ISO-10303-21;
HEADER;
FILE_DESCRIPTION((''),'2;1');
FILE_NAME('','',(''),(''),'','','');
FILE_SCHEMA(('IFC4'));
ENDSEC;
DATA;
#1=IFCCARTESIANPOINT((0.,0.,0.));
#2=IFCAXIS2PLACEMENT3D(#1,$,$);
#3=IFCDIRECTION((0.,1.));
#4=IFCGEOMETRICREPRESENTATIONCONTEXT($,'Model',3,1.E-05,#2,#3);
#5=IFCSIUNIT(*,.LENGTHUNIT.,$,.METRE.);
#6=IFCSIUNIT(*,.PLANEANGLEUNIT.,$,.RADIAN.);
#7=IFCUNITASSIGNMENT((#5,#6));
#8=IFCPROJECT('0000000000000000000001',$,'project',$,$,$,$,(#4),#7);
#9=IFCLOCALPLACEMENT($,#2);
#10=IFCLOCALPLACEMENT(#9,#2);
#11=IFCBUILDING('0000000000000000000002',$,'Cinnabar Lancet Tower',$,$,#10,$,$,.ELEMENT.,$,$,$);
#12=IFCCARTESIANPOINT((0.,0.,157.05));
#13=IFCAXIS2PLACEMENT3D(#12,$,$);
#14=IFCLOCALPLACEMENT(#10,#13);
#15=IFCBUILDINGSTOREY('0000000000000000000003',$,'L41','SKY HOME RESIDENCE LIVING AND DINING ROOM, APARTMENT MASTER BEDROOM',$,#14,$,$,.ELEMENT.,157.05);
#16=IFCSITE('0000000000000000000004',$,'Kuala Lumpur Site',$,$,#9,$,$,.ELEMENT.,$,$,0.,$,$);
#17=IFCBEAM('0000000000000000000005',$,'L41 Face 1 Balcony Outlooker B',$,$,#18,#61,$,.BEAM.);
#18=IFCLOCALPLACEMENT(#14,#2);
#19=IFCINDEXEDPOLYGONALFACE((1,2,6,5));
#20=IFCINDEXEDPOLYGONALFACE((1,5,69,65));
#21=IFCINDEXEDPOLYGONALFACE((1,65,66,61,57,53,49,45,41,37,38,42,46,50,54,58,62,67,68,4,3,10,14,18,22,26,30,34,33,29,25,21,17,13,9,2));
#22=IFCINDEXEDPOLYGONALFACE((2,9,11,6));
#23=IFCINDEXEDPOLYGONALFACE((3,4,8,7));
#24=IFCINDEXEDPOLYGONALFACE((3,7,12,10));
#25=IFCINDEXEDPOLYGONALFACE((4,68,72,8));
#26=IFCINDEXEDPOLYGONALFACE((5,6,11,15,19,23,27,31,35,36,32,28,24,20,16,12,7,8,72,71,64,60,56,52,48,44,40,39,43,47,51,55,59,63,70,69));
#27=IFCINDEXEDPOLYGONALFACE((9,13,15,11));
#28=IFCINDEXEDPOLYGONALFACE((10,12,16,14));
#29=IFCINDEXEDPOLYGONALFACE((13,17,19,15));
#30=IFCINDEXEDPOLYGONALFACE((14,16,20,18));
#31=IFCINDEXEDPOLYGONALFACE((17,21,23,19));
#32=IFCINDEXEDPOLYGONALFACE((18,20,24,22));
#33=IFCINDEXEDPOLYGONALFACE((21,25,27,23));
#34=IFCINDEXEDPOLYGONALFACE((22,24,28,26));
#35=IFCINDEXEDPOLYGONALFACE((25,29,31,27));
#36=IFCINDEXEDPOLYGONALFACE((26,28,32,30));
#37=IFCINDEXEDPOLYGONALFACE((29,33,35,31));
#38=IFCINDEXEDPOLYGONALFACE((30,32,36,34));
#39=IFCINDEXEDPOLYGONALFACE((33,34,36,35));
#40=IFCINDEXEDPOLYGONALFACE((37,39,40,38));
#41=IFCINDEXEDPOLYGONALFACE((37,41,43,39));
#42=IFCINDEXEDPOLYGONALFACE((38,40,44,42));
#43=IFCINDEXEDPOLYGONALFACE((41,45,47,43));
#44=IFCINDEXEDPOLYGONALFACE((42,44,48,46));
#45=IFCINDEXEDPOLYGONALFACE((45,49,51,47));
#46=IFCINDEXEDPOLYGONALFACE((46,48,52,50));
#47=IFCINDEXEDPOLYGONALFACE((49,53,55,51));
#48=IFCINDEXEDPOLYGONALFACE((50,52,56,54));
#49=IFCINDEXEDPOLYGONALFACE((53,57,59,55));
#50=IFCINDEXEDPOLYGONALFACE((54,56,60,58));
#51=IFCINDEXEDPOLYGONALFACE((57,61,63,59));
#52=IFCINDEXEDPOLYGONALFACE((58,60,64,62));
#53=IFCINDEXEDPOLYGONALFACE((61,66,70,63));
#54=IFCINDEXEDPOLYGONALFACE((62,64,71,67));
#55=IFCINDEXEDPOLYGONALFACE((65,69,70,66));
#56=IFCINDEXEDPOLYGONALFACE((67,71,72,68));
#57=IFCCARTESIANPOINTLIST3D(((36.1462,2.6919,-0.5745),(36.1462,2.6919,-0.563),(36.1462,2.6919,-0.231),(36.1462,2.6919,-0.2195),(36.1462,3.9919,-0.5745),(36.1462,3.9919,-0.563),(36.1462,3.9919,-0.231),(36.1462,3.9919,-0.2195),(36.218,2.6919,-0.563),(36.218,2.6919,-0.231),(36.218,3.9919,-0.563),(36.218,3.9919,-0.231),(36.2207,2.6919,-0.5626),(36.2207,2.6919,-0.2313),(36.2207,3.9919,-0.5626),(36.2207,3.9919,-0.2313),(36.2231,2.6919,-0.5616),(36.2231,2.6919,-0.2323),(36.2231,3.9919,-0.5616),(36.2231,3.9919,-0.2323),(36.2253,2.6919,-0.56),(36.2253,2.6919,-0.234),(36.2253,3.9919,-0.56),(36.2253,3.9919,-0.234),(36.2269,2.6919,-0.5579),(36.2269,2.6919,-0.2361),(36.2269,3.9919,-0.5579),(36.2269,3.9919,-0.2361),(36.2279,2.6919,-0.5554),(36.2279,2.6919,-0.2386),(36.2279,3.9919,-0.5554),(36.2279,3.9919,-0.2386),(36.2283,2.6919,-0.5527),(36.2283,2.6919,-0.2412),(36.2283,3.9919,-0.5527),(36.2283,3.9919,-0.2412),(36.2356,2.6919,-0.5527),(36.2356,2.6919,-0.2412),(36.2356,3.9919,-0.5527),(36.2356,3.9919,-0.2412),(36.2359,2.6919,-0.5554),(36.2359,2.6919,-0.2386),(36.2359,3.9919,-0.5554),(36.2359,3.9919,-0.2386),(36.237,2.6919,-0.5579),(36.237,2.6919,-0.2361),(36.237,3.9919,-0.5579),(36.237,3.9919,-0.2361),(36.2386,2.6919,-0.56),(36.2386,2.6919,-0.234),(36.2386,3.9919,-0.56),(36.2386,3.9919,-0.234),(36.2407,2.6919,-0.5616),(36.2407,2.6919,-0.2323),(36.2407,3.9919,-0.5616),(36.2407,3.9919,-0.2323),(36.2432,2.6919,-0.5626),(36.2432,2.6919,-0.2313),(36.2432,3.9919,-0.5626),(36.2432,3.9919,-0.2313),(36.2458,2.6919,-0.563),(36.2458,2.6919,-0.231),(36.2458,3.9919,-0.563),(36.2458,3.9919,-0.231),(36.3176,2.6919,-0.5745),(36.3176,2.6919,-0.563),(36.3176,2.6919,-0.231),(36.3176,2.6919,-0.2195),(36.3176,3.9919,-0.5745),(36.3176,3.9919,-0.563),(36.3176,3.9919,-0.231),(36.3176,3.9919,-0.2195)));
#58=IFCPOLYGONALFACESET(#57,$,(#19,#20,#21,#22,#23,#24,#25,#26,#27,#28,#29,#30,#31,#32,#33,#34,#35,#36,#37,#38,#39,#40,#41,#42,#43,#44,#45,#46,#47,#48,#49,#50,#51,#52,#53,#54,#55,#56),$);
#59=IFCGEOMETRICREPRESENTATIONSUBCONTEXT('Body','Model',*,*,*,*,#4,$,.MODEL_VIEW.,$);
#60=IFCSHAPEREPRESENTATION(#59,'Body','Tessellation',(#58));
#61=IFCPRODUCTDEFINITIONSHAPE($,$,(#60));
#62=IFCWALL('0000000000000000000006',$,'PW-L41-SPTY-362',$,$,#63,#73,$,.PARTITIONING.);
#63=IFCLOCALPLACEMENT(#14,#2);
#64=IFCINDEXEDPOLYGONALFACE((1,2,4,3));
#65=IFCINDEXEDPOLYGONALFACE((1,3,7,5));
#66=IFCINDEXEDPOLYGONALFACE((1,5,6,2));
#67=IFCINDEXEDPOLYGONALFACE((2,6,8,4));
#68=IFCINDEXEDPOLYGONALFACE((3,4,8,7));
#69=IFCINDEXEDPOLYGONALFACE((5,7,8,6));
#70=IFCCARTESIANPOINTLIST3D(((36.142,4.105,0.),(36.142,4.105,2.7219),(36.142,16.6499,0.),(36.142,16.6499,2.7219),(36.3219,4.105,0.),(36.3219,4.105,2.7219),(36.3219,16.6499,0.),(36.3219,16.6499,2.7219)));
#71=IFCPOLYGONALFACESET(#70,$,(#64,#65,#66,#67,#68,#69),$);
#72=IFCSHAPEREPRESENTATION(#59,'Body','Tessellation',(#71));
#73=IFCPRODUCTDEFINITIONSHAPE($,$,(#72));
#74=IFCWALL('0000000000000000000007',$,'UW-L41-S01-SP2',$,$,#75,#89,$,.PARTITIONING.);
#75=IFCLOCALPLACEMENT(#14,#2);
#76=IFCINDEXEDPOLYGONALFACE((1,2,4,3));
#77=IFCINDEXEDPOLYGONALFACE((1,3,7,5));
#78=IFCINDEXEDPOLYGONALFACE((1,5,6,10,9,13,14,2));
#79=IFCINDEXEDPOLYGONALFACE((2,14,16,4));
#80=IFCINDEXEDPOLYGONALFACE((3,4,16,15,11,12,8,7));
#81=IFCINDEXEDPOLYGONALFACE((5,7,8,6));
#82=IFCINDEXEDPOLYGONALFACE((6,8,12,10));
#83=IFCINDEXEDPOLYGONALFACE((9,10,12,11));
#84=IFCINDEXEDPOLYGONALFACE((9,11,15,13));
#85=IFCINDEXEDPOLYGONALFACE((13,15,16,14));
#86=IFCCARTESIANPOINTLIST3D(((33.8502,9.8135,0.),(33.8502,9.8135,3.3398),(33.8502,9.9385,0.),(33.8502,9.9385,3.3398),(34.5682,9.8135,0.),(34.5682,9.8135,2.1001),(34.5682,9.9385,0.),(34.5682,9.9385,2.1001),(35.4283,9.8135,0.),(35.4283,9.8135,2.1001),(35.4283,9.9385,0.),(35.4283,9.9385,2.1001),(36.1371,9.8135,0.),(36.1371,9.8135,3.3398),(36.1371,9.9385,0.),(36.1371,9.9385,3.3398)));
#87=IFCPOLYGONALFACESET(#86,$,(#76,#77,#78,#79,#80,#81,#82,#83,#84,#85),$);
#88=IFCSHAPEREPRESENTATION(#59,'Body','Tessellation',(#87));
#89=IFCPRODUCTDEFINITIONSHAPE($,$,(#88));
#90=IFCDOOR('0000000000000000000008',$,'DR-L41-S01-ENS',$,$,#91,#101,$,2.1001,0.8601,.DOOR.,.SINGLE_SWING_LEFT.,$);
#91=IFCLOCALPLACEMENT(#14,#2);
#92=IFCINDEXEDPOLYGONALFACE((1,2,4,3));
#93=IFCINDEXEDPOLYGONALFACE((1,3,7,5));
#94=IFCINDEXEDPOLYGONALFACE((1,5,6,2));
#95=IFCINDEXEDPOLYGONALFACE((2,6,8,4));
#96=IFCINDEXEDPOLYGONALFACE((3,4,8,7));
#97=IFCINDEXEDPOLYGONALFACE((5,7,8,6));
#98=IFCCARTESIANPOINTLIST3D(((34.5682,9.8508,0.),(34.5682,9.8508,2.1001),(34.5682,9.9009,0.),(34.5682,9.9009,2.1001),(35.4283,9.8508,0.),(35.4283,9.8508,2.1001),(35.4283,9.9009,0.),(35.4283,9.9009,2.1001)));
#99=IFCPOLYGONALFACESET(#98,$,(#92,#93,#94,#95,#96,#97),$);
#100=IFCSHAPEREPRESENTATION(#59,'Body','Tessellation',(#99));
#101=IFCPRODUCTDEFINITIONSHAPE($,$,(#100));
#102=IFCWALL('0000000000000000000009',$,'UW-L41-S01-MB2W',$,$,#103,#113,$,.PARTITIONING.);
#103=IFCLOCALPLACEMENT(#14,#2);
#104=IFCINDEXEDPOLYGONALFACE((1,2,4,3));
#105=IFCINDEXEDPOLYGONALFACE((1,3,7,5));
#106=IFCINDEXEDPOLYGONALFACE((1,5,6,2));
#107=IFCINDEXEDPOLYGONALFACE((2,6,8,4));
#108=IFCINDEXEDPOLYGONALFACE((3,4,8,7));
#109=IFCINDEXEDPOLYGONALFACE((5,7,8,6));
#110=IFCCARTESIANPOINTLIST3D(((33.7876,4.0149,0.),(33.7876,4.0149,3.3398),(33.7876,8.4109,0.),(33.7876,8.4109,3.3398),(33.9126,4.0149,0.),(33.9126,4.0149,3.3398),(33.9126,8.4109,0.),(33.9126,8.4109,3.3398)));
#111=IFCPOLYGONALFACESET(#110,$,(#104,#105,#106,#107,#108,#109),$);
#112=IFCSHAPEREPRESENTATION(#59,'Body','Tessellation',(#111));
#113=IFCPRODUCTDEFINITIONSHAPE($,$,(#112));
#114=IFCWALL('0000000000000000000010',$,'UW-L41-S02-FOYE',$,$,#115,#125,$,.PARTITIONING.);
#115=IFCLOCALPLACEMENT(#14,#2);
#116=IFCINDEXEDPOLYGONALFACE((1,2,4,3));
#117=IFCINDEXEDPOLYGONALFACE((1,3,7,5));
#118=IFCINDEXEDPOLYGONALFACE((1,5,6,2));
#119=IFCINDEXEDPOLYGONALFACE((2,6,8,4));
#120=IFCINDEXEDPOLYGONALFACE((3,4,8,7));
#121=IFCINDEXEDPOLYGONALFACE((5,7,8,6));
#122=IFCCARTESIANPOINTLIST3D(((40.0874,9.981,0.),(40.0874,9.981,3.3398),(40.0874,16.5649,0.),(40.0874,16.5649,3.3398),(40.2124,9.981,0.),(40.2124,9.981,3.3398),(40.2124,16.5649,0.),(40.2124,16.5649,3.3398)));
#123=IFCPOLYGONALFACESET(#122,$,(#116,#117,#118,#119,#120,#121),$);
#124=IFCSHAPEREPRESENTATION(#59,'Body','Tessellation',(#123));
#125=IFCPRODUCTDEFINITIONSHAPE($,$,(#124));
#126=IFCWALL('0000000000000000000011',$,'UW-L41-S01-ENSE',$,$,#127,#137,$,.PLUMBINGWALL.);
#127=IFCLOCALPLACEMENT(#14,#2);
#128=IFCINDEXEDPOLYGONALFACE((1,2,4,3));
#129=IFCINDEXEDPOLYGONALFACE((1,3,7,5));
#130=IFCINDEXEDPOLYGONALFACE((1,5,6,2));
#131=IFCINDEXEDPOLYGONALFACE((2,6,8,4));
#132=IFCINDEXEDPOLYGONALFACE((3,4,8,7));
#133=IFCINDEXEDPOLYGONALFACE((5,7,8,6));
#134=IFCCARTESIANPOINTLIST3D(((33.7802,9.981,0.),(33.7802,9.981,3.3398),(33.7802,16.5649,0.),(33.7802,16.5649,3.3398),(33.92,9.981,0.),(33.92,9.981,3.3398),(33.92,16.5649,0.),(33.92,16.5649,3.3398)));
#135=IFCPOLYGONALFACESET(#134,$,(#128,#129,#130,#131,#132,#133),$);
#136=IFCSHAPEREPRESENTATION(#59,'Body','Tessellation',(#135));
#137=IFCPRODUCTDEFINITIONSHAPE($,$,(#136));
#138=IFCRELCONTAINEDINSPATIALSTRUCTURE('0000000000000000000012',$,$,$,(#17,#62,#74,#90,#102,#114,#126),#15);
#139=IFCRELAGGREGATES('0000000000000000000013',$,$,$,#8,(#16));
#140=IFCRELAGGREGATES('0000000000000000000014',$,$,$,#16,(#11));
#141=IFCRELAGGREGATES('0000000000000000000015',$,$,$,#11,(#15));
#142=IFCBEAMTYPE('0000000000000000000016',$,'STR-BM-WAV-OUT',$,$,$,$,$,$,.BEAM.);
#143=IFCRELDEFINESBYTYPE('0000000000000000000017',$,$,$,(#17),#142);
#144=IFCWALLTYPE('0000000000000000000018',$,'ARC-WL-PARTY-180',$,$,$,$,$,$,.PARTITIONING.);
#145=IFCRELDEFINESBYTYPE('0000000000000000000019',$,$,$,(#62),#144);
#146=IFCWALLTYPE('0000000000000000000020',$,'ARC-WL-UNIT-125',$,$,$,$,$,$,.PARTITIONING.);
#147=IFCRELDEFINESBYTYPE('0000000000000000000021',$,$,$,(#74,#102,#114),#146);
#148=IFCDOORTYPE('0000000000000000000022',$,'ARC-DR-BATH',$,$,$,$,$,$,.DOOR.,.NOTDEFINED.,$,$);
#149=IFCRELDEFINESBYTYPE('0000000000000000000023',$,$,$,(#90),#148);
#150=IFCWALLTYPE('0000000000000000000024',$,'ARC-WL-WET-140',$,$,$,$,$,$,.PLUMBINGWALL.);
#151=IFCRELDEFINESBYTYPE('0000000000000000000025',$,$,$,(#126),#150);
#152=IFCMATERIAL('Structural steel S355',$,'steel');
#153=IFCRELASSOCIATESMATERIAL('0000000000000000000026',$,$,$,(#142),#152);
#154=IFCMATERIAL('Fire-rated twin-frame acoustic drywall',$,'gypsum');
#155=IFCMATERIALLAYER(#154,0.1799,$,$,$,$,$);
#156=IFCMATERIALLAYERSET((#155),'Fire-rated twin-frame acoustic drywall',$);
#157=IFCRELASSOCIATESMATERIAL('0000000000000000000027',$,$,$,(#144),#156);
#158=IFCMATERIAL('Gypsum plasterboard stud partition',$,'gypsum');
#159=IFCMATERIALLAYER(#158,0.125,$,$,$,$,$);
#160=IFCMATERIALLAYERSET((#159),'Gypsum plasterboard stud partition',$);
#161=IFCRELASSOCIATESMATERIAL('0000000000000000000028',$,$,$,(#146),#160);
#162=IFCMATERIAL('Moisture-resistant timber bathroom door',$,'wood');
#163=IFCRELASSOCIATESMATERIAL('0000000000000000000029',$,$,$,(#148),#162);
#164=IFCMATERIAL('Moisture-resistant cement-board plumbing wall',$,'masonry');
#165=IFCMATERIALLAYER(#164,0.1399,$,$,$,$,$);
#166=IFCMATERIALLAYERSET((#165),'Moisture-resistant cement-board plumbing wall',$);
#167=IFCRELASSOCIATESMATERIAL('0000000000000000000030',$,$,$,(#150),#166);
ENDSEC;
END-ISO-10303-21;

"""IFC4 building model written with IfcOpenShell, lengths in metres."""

from ifc_helpers import new_model, si_unit, direction, frame, frame_2d, origin, origin_2d, place, context, subcontext, project, spatial, rectangle, i_section, extrude, material, layer, layer_set, material_profile, profile_set, type_object, element, fill, save


model = new_model("IFC4")

# Units and contexts
model_context = context("Model", 3, precision=1e-05, world=origin(), true_north=direction((0.0, 1.0)))
body_context = subcontext(model_context, "Body", "Model", "MODEL_VIEW")
ifc_project = project(units=[si_unit("LENGTHUNIT", "METRE"), si_unit("PLANEANGLEUNIT", "RADIAN")], contexts=[model_context])

# Site, building, storey
site_placement = place(None, origin())
site = spatial("IfcSite", under=ifc_project, at=site_placement, Name="Kuala Lumpur Site", CompositionType="ELEMENT", RefElevation=0.0)
building_placement = place(site_placement, origin())
building = spatial("IfcBuilding", under=site, at=building_placement, Name="Cinnabar Lancet Tower", CompositionType="ELEMENT")
storey_placement = place(building_placement, frame((0.0, 0.0, 157.05)))
storey = spatial("IfcBuildingStorey", under=building, at=storey_placement, Name="L41", Description="SKY HOME RESIDENCE LIVING AND DINING ROOM, APARTMENT MASTER BEDROOM", CompositionType="ELEMENT", Elevation=157.05)

# Beam
ifc_material_1 = material(Name="Structural steel S355", Category="steel")
ifc_material_profile_1 = material_profile(ifc_material_1, i_section(OverallWidth=0.1714, OverallDepth=0.355, WebThickness=0.0073, FlangeThickness=0.0115, FilletRadius=0.0103, at=origin_2d()), Name="UKB 356x171x51")
ifc_profile_set_1 = profile_set([ifc_material_profile_1], Name="Structural steel S355")
beam_type_1 = type_object("IfcBeamType", Name="STR-BM-WAV-OUT", PredefinedType="BEAM", material=ifc_profile_set_1)
beam_1_placement = place(storey_placement, frame((36.2319, 3.9919, -0.397), z_axis=(0.0, -1.0, 0.0), x_axis=(1.0, 0.0, 0.0)))
element("IfcBeam", 1, at=beam_1_placement, inside=storey, type_object=beam_type_1, Name="L41 Face 1 Balcony Outlooker B", PredefinedType="BEAM", context=body_context, shape_type="SweptSolid", body=[
    extrude(i_section(OverallWidth=0.1714, OverallDepth=0.355, WebThickness=0.0073, FlangeThickness=0.0115, FilletRadius=0.0103, at=origin_2d()), origin(), (0.0, 0.0, 1.0), 1.3),
])

# Wall
ifc_material_2 = material(Name="Fire-rated twin-frame acoustic drywall", Category="gypsum")
ifc_layer_1 = layer(ifc_material_2, 0.1799)
ifc_layer_set_1 = layer_set([ifc_layer_1], Name="Fire-rated twin-frame acoustic drywall")
wall_type_1 = type_object("IfcWallType", Name="ARC-WL-PARTY-180", PredefinedType="PARTITIONING", material=ifc_layer_set_1)
wall_1_placement = place(storey_placement, frame((36.2319, 4.105, 0.0), z_axis=(0.0, 0.0, 1.0), x_axis=(0.0, 1.0, 0.0)))
element("IfcWall", 2, at=wall_1_placement, inside=storey, type_object=wall_type_1, Name="PW-L41-SPTY-362", PredefinedType="PARTITIONING", context=body_context, shape_type="SweptSolid", body=[
    extrude(rectangle(XDim=12.5449, YDim=0.1799, at=frame_2d((6.2725, 0.0))), origin(), (0.0, 0.0, 1.0), 2.7219),
])

# Wall, opening, door
ifc_material_3 = material(Name="Gypsum plasterboard stud partition", Category="gypsum")
ifc_layer_2 = layer(ifc_material_3, 0.125)
ifc_layer_set_2 = layer_set([ifc_layer_2], Name="Gypsum plasterboard stud partition")
wall_type_2 = type_object("IfcWallType", Name="ARC-WL-UNIT-125", PredefinedType="PARTITIONING", material=ifc_layer_set_2)
wall_2_placement = place(storey_placement, frame((33.8501, 9.876, 0.0), z_axis=(0.0, 0.0, 1.0), x_axis=(1.0, 0.0, 0.0)))
wall_2 = element("IfcWall", 3, at=wall_2_placement, inside=storey, type_object=wall_type_2, Name="UW-L41-S01-SP2", PredefinedType="PARTITIONING", context=body_context, shape_type="SweptSolid", body=[
    extrude(rectangle(XDim=2.2869, YDim=0.125, at=frame_2d((1.1436, 0.0))), origin(), (0.0, 0.0, 1.0), 3.3398),
])
opening_1_placement = place(wall_2_placement, frame((0.718, 0.0, 0.0)))
opening_1 = element("IfcOpeningElement", 4, at=opening_1_placement, cuts=wall_2, PredefinedType="OPENING", context=body_context, shape_type="SweptSolid", body=[
    extrude(rectangle(XDim=0.8601, YDim=2.1001, at=frame_2d((0.4302, 1.05))), frame((0.0, 0.0725, 0.0), z_axis=(0.0, -1.0, 0.0), x_axis=(1.0, 0.0, 0.0)), (0.0, 0.0, 1.0), 0.145),
])
ifc_material_4 = material(Name="Moisture-resistant timber bathroom door", Category="wood")
door_type_1 = type_object("IfcDoorType", Name="ARC-DR-BATH", OperationType="NOTDEFINED", PredefinedType="DOOR", material=ifc_material_4)
door_1_placement = place(opening_1_placement, origin())
door_1 = element("IfcDoor", 5, at=door_1_placement, inside=storey, type_object=door_type_1, Name="DR-L41-S01-ENS", OperationType="SINGLE_SWING_LEFT", OverallHeight=2.1001, OverallWidth=0.8601, PredefinedType="DOOR", context=body_context, shape_type="SweptSolid", body=[
    extrude(rectangle(XDim=0.8601, YDim=2.1001, at=frame_2d((0.4302, 1.05))), frame((0.0, 0.0249, 0.0), z_axis=(0.0, -1.0, 0.0), x_axis=(1.0, 0.0, 0.0)), (0.0, 0.0, 1.0), 0.05),
])
fill(opening_1, door_1)

# Walls
wall_3_placement = place(storey_placement, frame((33.8501, 4.0149, 0.0), z_axis=(0.0, 0.0, 1.0), x_axis=(0.0, 1.0, 0.0)))
element("IfcWall", 6, at=wall_3_placement, inside=storey, type_object=wall_type_2, Name="UW-L41-S01-MB2W", PredefinedType="PARTITIONING", context=body_context, shape_type="SweptSolid", body=[
    extrude(rectangle(XDim=4.396, YDim=0.125, at=frame_2d((2.198, 0.0))), origin(), (0.0, 0.0, 1.0), 3.3398),
])
wall_4_placement = place(storey_placement, frame((40.1499, 9.981, 0.0), z_axis=(0.0, 0.0, 1.0), x_axis=(0.0, 1.0, 0.0)))
element("IfcWall", 7, at=wall_4_placement, inside=storey, type_object=wall_type_2, Name="UW-L41-S02-FOYE", PredefinedType="PARTITIONING", context=body_context, shape_type="SweptSolid", body=[
    extrude(rectangle(XDim=6.584, YDim=0.125, at=frame_2d((3.292, 0.0))), origin(), (0.0, 0.0, 1.0), 3.3398),
])
ifc_material_5 = material(Name="Moisture-resistant cement-board plumbing wall", Category="masonry")
ifc_layer_3 = layer(ifc_material_5, 0.1399)
ifc_layer_set_3 = layer_set([ifc_layer_3], Name="Moisture-resistant cement-board plumbing wall")
wall_type_3 = type_object("IfcWallType", Name="ARC-WL-WET-140", PredefinedType="PLUMBINGWALL", material=ifc_layer_set_3)
wall_5_placement = place(storey_placement, frame((33.8501, 9.981, 0.0), z_axis=(0.0, 0.0, 1.0), x_axis=(0.0, 1.0, 0.0)))
element("IfcWall", 8, at=wall_5_placement, inside=storey, type_object=wall_type_3, Name="UW-L41-S01-ENSE", PredefinedType="PLUMBINGWALL", context=body_context, shape_type="SweptSolid", body=[
    extrude(rectangle(XDim=6.584, YDim=0.1399, at=frame_2d((3.292, 0.0))), origin(), (0.0, 0.0, 1.0), 3.3398),
])

save(model, "model.ifc")
